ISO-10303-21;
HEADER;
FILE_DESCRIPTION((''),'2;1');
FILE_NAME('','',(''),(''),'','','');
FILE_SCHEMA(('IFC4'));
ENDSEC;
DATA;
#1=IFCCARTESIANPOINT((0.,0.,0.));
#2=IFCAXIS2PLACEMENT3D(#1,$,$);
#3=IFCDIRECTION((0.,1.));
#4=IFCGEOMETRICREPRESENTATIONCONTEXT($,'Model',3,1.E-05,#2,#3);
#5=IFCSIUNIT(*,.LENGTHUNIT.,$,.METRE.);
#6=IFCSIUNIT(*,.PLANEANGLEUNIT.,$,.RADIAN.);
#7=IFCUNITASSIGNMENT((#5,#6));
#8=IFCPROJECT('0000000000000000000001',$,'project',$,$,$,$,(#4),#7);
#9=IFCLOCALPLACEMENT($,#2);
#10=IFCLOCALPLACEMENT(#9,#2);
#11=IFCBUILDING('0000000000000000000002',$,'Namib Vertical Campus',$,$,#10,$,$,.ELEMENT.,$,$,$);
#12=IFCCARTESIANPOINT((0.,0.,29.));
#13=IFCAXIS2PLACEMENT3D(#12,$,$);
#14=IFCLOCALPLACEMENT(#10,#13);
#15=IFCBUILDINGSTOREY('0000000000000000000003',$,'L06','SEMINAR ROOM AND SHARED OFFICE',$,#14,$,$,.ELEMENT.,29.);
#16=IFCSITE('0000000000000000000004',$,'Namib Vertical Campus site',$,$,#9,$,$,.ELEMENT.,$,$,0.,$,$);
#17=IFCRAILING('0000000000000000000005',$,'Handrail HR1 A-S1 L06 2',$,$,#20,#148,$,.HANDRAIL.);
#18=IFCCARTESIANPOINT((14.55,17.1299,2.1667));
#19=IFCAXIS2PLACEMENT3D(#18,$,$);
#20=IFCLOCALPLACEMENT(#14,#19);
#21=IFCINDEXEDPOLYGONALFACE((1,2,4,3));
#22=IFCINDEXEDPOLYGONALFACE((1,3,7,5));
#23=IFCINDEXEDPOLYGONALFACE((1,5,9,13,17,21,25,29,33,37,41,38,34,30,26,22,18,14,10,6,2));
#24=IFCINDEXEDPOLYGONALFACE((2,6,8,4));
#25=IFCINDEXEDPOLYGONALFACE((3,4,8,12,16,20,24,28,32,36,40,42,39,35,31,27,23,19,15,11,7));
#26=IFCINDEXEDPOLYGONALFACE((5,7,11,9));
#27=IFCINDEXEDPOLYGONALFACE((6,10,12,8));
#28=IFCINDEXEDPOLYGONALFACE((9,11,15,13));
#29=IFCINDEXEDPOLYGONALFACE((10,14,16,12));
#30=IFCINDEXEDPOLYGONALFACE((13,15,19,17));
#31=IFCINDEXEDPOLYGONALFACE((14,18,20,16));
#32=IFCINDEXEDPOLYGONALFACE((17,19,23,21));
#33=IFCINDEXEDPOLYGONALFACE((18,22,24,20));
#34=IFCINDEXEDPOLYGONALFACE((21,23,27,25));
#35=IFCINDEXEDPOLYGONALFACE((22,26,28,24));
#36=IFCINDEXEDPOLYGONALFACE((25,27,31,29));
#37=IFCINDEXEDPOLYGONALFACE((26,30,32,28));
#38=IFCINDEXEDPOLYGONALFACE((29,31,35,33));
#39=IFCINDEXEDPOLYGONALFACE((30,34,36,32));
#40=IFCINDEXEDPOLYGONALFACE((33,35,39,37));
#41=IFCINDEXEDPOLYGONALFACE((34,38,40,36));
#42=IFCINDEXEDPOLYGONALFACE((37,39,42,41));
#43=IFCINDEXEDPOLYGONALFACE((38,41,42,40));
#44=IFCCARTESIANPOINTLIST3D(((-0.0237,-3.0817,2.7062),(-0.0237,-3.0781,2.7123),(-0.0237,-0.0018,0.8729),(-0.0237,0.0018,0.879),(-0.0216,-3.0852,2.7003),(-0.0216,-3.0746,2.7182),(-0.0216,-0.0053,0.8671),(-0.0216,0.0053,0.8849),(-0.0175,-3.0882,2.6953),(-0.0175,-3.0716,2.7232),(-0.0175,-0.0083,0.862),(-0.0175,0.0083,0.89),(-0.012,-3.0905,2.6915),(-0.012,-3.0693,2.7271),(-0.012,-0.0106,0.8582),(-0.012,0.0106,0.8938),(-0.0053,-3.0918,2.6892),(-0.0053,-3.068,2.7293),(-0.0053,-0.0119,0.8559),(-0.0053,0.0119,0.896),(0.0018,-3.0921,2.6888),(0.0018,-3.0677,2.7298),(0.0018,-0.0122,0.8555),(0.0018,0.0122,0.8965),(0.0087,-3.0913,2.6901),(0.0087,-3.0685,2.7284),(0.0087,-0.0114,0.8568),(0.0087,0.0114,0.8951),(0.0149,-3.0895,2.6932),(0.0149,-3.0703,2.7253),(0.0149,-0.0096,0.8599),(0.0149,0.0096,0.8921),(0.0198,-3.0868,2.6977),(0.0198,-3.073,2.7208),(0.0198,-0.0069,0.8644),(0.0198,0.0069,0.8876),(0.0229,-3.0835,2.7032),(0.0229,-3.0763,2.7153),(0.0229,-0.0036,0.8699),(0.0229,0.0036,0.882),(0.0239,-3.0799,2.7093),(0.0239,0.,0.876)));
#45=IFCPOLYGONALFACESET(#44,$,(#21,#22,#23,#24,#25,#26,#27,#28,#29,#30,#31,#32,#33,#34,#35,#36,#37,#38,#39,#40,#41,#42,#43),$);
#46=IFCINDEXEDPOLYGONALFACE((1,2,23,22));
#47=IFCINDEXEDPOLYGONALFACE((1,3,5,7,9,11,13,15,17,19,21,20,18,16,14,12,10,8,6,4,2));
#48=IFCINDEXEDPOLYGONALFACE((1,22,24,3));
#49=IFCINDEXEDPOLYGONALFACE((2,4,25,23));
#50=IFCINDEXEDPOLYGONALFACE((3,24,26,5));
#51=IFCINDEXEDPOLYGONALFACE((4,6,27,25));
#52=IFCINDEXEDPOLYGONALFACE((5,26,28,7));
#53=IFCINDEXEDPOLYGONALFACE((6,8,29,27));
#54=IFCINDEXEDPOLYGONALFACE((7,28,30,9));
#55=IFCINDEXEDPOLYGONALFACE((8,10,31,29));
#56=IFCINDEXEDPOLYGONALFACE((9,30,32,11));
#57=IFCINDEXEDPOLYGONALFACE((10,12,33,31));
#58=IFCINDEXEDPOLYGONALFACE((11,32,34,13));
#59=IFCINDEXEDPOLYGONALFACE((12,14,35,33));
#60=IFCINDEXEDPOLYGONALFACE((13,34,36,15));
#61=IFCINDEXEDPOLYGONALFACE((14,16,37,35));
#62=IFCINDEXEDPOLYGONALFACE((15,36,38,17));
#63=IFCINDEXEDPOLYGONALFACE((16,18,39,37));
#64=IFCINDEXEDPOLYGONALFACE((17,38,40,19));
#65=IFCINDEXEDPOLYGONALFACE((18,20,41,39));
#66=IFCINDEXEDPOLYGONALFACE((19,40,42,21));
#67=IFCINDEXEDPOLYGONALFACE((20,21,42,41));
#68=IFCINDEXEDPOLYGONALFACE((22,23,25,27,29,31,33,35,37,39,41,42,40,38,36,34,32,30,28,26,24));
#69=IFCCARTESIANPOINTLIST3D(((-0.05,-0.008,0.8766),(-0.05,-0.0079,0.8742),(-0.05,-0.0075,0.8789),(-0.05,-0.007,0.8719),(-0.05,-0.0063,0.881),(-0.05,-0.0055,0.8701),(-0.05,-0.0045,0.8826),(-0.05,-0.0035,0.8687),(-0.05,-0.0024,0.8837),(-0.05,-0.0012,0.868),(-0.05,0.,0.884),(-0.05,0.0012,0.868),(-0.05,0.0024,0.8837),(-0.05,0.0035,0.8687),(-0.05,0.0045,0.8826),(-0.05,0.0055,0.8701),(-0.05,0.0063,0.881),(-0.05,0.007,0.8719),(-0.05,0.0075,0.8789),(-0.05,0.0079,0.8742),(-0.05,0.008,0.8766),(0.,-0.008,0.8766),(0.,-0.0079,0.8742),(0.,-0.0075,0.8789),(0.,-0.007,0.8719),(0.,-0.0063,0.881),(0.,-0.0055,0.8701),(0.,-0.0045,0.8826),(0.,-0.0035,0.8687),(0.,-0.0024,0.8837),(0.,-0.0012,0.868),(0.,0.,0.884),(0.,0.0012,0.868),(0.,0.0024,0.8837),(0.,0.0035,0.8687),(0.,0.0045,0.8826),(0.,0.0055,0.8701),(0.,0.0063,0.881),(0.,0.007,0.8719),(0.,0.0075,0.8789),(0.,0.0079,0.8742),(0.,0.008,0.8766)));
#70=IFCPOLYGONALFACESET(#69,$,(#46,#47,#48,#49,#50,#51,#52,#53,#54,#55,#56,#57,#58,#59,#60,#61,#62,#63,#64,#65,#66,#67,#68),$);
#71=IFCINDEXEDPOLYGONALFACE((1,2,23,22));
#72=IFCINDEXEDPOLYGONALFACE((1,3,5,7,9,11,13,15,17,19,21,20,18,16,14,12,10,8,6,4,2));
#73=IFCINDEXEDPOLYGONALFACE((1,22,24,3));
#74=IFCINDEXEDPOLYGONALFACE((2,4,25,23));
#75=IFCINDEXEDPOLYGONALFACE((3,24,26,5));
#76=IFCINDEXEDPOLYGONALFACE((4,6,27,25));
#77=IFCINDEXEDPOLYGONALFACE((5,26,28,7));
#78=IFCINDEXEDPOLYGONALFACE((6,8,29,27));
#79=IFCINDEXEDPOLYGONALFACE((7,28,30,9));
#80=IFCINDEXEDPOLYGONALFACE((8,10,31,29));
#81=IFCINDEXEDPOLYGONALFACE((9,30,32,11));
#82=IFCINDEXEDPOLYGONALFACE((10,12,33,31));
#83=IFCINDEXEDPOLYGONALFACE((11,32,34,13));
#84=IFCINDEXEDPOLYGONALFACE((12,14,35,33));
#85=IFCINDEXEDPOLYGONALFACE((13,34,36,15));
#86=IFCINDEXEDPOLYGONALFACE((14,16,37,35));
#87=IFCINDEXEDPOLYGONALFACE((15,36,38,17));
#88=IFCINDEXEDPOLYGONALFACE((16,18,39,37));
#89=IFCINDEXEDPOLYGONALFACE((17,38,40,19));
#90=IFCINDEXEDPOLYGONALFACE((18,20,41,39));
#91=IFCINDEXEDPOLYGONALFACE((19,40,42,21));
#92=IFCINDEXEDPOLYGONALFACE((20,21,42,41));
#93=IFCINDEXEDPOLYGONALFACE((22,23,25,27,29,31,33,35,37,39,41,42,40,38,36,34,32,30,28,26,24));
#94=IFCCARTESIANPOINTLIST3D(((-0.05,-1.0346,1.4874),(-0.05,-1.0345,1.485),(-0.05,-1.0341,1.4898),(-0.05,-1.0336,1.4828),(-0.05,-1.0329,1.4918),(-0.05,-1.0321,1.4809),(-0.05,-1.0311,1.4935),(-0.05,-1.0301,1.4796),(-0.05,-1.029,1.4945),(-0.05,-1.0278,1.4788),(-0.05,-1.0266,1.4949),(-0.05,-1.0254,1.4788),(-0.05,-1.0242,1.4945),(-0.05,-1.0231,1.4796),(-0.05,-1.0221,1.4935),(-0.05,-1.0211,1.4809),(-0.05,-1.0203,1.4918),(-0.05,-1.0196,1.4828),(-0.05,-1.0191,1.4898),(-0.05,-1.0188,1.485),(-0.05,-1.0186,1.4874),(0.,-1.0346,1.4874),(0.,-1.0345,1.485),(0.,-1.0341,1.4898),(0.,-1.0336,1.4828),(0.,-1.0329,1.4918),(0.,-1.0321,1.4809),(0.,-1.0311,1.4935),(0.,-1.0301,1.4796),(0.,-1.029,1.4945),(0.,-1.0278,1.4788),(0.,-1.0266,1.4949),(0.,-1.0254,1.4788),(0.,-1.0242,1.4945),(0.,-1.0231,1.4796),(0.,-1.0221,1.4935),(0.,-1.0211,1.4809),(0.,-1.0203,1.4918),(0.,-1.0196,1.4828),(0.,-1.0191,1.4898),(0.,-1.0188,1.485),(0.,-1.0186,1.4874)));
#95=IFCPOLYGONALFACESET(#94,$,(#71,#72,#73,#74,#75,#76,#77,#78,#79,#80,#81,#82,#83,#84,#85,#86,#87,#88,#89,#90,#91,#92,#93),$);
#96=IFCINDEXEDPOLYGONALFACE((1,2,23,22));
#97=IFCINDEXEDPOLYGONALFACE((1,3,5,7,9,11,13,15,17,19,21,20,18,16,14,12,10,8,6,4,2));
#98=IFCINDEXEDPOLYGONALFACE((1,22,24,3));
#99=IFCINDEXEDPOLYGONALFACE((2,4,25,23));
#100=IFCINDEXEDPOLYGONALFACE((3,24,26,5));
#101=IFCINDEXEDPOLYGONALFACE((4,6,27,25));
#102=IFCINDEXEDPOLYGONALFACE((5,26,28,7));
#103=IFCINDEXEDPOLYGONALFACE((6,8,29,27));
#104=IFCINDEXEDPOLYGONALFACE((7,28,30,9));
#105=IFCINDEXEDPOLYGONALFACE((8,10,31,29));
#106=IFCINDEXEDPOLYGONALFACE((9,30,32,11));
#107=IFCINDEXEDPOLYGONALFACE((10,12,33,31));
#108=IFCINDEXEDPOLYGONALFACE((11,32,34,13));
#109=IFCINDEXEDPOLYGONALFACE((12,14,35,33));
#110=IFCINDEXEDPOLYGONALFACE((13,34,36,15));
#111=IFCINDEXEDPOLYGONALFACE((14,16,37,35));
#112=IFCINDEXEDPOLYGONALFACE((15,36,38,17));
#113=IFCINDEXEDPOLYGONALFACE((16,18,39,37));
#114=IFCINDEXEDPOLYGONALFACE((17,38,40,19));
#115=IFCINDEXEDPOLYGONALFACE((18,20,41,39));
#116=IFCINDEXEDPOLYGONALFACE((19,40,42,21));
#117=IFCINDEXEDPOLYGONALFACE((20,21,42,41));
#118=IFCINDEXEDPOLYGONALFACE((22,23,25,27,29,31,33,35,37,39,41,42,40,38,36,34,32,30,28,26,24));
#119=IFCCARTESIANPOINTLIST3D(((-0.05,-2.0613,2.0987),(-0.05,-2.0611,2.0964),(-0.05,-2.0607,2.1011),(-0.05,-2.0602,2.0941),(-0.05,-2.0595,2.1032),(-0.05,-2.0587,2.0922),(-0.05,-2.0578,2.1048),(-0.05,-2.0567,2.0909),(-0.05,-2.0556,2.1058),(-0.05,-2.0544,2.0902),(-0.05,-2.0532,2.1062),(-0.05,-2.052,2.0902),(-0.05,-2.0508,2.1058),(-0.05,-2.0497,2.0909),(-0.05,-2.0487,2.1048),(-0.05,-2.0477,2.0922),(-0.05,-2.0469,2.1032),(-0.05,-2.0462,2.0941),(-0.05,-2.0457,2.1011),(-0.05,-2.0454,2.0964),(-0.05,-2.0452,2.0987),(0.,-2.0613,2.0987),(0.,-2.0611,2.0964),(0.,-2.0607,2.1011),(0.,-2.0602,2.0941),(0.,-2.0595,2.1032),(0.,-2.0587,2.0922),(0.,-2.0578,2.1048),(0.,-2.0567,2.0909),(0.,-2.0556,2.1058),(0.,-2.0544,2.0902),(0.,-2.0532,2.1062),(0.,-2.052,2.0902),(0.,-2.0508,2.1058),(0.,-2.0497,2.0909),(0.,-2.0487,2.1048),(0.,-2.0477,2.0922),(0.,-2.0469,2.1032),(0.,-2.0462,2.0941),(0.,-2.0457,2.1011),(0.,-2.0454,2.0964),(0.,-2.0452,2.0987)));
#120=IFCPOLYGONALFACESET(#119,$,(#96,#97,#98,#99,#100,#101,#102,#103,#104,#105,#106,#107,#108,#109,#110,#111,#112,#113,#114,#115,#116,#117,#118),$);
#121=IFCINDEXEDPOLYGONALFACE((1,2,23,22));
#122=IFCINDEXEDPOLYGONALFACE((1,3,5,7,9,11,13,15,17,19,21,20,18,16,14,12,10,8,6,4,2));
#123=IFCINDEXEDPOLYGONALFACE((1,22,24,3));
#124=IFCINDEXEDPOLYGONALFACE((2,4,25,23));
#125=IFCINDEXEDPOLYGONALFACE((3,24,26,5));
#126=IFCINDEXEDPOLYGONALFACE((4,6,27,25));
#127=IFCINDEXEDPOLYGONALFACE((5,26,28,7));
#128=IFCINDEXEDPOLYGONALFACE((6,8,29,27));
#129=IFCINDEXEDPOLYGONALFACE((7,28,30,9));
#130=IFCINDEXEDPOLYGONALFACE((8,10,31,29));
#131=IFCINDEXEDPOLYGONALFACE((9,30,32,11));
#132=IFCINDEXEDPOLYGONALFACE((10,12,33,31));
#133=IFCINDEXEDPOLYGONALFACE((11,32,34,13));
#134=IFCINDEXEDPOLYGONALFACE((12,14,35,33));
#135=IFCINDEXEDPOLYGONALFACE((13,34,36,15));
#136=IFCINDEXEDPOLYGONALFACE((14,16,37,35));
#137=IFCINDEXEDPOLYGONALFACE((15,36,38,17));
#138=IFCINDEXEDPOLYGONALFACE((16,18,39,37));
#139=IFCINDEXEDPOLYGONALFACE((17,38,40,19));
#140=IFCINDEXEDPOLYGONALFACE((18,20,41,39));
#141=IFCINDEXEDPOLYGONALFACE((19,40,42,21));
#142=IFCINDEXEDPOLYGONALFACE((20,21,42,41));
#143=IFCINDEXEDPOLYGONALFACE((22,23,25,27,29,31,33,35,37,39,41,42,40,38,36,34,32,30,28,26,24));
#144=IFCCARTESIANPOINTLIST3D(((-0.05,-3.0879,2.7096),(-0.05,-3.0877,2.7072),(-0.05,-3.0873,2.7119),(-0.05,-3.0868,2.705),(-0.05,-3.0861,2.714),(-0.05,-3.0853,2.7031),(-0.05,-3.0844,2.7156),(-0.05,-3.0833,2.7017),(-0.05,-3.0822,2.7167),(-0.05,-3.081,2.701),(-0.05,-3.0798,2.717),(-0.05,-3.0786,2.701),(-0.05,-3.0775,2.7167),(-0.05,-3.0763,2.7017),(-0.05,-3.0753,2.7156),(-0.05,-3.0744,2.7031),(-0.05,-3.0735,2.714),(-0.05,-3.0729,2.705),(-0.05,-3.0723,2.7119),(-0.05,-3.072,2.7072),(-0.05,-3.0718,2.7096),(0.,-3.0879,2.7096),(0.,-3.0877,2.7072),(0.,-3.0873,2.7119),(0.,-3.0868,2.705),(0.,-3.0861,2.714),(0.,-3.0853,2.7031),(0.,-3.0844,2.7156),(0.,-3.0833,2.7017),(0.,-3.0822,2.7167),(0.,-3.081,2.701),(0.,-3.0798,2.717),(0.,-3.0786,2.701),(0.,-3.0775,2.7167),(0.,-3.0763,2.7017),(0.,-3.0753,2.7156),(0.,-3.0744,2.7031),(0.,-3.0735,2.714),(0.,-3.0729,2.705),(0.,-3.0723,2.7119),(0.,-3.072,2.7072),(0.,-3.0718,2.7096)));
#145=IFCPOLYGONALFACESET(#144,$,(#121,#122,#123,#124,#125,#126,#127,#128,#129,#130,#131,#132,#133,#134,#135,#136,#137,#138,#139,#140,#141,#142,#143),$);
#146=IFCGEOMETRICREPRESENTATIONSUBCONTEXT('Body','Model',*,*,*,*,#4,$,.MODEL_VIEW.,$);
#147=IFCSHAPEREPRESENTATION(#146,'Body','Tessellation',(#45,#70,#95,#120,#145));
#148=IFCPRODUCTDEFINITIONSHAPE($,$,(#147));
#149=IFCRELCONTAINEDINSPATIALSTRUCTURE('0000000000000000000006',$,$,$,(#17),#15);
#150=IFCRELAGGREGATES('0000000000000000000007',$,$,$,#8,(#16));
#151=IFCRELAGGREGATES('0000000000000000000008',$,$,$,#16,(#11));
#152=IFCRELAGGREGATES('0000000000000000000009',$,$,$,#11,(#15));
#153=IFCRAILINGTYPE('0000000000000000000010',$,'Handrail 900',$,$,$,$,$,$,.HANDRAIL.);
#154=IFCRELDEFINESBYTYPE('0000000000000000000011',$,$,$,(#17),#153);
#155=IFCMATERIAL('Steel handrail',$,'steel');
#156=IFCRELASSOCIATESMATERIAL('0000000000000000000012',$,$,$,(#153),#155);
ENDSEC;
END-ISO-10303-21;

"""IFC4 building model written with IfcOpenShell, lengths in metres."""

from ifc_helpers import new_model, si_unit, direction, frame, origin, origin_2d, place, context, subcontext, project, spatial, circle, extrude, material, type_object, element, save


model = new_model("IFC4")

# Units and contexts
model_context = context("Model", 3, precision=1e-05, world=origin(), true_north=direction((0.0, 1.0)))
body_context = subcontext(model_context, "Body", "Model", "MODEL_VIEW")
ifc_project = project(units=[si_unit("LENGTHUNIT", "METRE"), si_unit("PLANEANGLEUNIT", "RADIAN")], contexts=[model_context])

# Site, building, storey
site_placement = place(None, origin())
site = spatial("IfcSite", under=ifc_project, at=site_placement, Name="Namib Vertical Campus site", CompositionType="ELEMENT", RefElevation=0.0)
building_placement = place(site_placement, origin())
building = spatial("IfcBuilding", under=site, at=building_placement, Name="Namib Vertical Campus", CompositionType="ELEMENT")
storey_placement = place(building_placement, frame((0.0, 0.0, 29.0)))
storey = spatial("IfcBuildingStorey", under=building, at=storey_placement, Name="L06", Description="SEMINAR ROOM AND SHARED OFFICE", CompositionType="ELEMENT", Elevation=29.0)

# Railing
ifc_material_1 = material(Name="Steel handrail", Category="steel")
railing_type_1 = type_object("IfcRailingType", Name="Handrail 900", PredefinedType="HANDRAIL", material=ifc_material_1)
railing_1_placement = place(storey_placement, frame((14.55, 17.1299, 2.1667)))
element("IfcRailing", 1, at=railing_1_placement, inside=storey, type_object=railing_type_1, Name="Handrail HR1 A-S1 L06 2", PredefinedType="HANDRAIL", context=body_context, shape_type="SweptSolid", body=[
    extrude(circle(Radius=0.0239, at=origin_2d()), frame((0.0, 0.0, 0.876), z_axis=(0.0, -0.859291, 0.511487), x_axis=(1.0, 0.0, 0.0)), (0.0, 0.0, 1.0), 3.5842),
    extrude(circle(Radius=0.0081, at=origin_2d()), frame((0.0, 0.0, 0.876), z_axis=(-1.0, 0.0, 0.0), x_axis=(0.0, 0.0, 1.0)), (0.0, 0.0, 1.0), 0.05),
    extrude(circle(Radius=0.0081, at=origin_2d()), frame((0.0, -1.0266, 1.4868), z_axis=(-1.0, 0.0, 0.0), x_axis=(0.0, 0.0, 1.0)), (0.0, 0.0, 1.0), 0.05),
    extrude(circle(Radius=0.0081, at=origin_2d()), frame((0.0, -2.0532, 2.0981), z_axis=(-1.0, 0.0, 0.0), x_axis=(0.0, 0.0, 1.0)), (0.0, 0.0, 1.0), 0.05),
    extrude(circle(Radius=0.0081, at=origin_2d()), frame((0.0, -3.0798, 2.709), z_axis=(-1.0, 0.0, 0.0), x_axis=(0.0, 0.0, 1.0)), (0.0, 0.0, 1.0), 0.05),
])

save(model, "model.ifc")
